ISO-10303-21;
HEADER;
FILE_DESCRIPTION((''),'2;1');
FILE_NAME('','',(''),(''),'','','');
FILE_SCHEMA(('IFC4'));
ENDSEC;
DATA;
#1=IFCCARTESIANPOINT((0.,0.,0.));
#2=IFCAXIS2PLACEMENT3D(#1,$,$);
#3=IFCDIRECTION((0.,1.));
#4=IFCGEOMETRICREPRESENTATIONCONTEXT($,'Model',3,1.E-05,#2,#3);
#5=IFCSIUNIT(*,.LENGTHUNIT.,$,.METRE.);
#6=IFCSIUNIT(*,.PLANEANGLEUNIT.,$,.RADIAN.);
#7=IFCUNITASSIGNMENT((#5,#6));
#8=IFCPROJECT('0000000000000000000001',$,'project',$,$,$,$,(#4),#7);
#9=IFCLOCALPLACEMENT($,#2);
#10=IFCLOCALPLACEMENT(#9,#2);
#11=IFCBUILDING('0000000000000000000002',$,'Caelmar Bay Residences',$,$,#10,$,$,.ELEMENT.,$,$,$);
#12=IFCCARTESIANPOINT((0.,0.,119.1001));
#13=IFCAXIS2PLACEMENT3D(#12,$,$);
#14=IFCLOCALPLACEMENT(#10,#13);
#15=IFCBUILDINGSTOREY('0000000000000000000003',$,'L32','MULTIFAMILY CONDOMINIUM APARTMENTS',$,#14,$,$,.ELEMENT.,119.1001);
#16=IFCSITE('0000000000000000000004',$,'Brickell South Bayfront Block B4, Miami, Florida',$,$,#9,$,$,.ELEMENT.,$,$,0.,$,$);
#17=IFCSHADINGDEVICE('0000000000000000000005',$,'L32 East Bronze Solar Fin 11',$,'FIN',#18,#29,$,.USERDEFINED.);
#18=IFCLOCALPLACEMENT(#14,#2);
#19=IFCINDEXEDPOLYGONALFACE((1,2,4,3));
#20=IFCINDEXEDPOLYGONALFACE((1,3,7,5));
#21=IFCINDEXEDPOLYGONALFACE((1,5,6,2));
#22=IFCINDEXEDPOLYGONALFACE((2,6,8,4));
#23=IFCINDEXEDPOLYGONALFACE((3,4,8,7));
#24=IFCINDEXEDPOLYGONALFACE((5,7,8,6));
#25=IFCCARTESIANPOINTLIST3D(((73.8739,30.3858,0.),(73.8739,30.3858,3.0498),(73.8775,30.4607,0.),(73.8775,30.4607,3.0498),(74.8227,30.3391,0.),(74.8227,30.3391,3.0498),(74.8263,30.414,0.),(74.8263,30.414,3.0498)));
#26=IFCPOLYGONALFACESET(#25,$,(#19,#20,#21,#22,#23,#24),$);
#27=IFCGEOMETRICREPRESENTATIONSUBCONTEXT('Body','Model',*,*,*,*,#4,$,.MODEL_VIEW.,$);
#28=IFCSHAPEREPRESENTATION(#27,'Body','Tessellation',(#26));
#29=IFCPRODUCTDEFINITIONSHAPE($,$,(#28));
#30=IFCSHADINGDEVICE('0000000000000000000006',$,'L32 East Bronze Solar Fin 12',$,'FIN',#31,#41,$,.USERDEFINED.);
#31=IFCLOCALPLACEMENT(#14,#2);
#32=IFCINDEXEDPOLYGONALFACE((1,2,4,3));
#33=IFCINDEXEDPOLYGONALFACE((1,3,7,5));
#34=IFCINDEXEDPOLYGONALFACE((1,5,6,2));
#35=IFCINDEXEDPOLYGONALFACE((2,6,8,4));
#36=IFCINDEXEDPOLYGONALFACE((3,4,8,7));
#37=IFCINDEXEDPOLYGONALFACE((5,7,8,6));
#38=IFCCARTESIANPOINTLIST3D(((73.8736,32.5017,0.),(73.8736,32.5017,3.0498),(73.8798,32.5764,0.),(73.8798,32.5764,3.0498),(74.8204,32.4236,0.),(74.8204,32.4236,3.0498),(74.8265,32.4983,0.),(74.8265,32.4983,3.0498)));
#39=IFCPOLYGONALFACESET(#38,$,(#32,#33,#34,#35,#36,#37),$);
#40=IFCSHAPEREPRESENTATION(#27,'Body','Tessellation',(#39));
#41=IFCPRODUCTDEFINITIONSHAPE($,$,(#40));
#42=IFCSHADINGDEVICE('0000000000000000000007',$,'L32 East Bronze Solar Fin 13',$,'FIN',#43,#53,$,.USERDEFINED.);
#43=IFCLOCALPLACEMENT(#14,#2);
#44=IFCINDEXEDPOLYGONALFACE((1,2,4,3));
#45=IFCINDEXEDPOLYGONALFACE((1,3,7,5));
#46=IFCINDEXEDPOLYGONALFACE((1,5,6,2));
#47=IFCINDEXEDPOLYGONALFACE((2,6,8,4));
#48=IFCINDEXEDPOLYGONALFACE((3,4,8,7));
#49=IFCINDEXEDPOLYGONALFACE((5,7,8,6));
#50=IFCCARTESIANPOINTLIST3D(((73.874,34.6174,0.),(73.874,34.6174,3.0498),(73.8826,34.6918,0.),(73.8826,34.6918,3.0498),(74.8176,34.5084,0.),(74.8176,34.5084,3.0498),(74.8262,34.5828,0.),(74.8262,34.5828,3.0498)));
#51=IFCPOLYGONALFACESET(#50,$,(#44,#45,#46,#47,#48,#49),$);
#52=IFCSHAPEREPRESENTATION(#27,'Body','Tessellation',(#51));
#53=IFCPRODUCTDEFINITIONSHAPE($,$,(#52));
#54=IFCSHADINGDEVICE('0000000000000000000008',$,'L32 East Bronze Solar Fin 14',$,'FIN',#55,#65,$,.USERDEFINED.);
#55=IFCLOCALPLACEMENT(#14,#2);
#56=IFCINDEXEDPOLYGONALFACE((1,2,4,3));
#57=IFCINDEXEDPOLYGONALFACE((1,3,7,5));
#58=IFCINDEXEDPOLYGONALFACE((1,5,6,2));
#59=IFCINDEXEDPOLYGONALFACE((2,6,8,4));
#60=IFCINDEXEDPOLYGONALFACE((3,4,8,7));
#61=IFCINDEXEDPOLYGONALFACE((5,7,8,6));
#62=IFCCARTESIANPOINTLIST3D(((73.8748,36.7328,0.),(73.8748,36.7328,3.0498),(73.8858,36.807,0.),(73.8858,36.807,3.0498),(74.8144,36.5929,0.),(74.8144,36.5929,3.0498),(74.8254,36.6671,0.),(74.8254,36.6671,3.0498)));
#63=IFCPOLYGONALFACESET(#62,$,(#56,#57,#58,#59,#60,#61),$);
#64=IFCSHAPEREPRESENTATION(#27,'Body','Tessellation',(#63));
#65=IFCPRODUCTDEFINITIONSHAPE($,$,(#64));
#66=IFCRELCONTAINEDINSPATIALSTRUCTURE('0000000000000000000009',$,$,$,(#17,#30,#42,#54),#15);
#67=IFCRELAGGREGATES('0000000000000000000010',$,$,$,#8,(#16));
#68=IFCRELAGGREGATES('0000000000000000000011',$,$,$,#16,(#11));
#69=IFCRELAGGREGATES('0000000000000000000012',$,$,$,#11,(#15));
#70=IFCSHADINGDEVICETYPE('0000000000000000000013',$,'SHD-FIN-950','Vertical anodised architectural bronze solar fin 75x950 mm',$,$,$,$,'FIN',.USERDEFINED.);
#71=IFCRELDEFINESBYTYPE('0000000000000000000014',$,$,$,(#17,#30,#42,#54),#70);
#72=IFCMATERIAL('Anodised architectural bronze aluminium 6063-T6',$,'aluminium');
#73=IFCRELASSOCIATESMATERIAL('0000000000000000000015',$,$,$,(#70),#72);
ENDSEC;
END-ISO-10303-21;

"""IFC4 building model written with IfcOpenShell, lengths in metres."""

from ifc_helpers import new_model, si_unit, direction, frame, origin, origin_2d, place, context, subcontext, project, spatial, rectangle, extrude, material, material_profile, profile_set, type_object, element, save


model = new_model("IFC4")

# Units and contexts
model_context = context("Model", 3, precision=1e-05, world=origin(), true_north=direction((0.0, 1.0)))
body_context = subcontext(model_context, "Body", "Model", "MODEL_VIEW")
ifc_project = project(units=[si_unit("LENGTHUNIT", "METRE"), si_unit("PLANEANGLEUNIT", "RADIAN")], contexts=[model_context])

# Site, building, storey
site_placement = place(None, origin())
site = spatial("IfcSite", under=ifc_project, at=site_placement, Name="Brickell South Bayfront Block B4, Miami, Florida", CompositionType="ELEMENT", RefElevation=0.0)
building_placement = place(site_placement, origin())
building = spatial("IfcBuilding", under=site, at=building_placement, Name="Caelmar Bay Residences", CompositionType="ELEMENT")
storey_placement = place(building_placement, frame((0.0, 0.0, 119.1001)))
storey = spatial("IfcBuildingStorey", under=building, at=storey_placement, Name="L32", Description="MULTIFAMILY CONDOMINIUM APARTMENTS", CompositionType="ELEMENT", Elevation=119.1001)

# Shading devices
ifc_material_1 = material(Name="Anodised architectural bronze aluminium 6063-T6", Category="aluminium")
ifc_material_profile_1 = material_profile(ifc_material_1, rectangle(XDim=0.075, YDim=0.95, at=origin_2d()), Name="BRONZE-FIN-75X950")
ifc_profile_set_1 = profile_set([ifc_material_profile_1], Name="Anodised architectural bronze aluminium 6063-T6")
shading_device_type = type_object("IfcShadingDeviceType", Name="SHD-FIN-950", Description="Vertical anodised architectural bronze solar fin 75x950 mm", ElementType="FIN", PredefinedType="USERDEFINED", material=ifc_profile_set_1)
for number, where, z_axis, x_axis, name in (
    (1, (74.3501, 30.3999, 0.0), (0.0, 0.0, 1.0), (0.049198, 0.998789, 0.0), "L32 East Bronze Solar Fin 11"),
    (2, (74.3501, 32.5, 0.0), (0.0, 0.0, 1.0), (0.082112, 0.996623, 0.0), "L32 East Bronze Solar Fin 12"),
    (3, (74.3501, 34.6001, 0.0), (0.0, 0.0, 1.0), (0.114764, 0.993393, 0.0), "L32 East Bronze Solar Fin 13"),
    (4, (74.3501, 36.7, 0.0), (0.0, 0.0, 1.0), (0.147292, 0.989093, 0.0), "L32 East Bronze Solar Fin 14"),
):
    element("IfcShadingDevice", number, at=place(storey_placement, frame(where, z_axis=z_axis, x_axis=x_axis)), inside=storey, type_object=shading_device_type, Name=name, ObjectType="FIN", PredefinedType="USERDEFINED", context=body_context, shape_type="SweptSolid", body=[
        extrude(rectangle(XDim=0.075, YDim=0.95, at=origin_2d()), origin(), (0.0, 0.0, 1.0), 3.0498),
    ])

save(model, "model.ifc")
